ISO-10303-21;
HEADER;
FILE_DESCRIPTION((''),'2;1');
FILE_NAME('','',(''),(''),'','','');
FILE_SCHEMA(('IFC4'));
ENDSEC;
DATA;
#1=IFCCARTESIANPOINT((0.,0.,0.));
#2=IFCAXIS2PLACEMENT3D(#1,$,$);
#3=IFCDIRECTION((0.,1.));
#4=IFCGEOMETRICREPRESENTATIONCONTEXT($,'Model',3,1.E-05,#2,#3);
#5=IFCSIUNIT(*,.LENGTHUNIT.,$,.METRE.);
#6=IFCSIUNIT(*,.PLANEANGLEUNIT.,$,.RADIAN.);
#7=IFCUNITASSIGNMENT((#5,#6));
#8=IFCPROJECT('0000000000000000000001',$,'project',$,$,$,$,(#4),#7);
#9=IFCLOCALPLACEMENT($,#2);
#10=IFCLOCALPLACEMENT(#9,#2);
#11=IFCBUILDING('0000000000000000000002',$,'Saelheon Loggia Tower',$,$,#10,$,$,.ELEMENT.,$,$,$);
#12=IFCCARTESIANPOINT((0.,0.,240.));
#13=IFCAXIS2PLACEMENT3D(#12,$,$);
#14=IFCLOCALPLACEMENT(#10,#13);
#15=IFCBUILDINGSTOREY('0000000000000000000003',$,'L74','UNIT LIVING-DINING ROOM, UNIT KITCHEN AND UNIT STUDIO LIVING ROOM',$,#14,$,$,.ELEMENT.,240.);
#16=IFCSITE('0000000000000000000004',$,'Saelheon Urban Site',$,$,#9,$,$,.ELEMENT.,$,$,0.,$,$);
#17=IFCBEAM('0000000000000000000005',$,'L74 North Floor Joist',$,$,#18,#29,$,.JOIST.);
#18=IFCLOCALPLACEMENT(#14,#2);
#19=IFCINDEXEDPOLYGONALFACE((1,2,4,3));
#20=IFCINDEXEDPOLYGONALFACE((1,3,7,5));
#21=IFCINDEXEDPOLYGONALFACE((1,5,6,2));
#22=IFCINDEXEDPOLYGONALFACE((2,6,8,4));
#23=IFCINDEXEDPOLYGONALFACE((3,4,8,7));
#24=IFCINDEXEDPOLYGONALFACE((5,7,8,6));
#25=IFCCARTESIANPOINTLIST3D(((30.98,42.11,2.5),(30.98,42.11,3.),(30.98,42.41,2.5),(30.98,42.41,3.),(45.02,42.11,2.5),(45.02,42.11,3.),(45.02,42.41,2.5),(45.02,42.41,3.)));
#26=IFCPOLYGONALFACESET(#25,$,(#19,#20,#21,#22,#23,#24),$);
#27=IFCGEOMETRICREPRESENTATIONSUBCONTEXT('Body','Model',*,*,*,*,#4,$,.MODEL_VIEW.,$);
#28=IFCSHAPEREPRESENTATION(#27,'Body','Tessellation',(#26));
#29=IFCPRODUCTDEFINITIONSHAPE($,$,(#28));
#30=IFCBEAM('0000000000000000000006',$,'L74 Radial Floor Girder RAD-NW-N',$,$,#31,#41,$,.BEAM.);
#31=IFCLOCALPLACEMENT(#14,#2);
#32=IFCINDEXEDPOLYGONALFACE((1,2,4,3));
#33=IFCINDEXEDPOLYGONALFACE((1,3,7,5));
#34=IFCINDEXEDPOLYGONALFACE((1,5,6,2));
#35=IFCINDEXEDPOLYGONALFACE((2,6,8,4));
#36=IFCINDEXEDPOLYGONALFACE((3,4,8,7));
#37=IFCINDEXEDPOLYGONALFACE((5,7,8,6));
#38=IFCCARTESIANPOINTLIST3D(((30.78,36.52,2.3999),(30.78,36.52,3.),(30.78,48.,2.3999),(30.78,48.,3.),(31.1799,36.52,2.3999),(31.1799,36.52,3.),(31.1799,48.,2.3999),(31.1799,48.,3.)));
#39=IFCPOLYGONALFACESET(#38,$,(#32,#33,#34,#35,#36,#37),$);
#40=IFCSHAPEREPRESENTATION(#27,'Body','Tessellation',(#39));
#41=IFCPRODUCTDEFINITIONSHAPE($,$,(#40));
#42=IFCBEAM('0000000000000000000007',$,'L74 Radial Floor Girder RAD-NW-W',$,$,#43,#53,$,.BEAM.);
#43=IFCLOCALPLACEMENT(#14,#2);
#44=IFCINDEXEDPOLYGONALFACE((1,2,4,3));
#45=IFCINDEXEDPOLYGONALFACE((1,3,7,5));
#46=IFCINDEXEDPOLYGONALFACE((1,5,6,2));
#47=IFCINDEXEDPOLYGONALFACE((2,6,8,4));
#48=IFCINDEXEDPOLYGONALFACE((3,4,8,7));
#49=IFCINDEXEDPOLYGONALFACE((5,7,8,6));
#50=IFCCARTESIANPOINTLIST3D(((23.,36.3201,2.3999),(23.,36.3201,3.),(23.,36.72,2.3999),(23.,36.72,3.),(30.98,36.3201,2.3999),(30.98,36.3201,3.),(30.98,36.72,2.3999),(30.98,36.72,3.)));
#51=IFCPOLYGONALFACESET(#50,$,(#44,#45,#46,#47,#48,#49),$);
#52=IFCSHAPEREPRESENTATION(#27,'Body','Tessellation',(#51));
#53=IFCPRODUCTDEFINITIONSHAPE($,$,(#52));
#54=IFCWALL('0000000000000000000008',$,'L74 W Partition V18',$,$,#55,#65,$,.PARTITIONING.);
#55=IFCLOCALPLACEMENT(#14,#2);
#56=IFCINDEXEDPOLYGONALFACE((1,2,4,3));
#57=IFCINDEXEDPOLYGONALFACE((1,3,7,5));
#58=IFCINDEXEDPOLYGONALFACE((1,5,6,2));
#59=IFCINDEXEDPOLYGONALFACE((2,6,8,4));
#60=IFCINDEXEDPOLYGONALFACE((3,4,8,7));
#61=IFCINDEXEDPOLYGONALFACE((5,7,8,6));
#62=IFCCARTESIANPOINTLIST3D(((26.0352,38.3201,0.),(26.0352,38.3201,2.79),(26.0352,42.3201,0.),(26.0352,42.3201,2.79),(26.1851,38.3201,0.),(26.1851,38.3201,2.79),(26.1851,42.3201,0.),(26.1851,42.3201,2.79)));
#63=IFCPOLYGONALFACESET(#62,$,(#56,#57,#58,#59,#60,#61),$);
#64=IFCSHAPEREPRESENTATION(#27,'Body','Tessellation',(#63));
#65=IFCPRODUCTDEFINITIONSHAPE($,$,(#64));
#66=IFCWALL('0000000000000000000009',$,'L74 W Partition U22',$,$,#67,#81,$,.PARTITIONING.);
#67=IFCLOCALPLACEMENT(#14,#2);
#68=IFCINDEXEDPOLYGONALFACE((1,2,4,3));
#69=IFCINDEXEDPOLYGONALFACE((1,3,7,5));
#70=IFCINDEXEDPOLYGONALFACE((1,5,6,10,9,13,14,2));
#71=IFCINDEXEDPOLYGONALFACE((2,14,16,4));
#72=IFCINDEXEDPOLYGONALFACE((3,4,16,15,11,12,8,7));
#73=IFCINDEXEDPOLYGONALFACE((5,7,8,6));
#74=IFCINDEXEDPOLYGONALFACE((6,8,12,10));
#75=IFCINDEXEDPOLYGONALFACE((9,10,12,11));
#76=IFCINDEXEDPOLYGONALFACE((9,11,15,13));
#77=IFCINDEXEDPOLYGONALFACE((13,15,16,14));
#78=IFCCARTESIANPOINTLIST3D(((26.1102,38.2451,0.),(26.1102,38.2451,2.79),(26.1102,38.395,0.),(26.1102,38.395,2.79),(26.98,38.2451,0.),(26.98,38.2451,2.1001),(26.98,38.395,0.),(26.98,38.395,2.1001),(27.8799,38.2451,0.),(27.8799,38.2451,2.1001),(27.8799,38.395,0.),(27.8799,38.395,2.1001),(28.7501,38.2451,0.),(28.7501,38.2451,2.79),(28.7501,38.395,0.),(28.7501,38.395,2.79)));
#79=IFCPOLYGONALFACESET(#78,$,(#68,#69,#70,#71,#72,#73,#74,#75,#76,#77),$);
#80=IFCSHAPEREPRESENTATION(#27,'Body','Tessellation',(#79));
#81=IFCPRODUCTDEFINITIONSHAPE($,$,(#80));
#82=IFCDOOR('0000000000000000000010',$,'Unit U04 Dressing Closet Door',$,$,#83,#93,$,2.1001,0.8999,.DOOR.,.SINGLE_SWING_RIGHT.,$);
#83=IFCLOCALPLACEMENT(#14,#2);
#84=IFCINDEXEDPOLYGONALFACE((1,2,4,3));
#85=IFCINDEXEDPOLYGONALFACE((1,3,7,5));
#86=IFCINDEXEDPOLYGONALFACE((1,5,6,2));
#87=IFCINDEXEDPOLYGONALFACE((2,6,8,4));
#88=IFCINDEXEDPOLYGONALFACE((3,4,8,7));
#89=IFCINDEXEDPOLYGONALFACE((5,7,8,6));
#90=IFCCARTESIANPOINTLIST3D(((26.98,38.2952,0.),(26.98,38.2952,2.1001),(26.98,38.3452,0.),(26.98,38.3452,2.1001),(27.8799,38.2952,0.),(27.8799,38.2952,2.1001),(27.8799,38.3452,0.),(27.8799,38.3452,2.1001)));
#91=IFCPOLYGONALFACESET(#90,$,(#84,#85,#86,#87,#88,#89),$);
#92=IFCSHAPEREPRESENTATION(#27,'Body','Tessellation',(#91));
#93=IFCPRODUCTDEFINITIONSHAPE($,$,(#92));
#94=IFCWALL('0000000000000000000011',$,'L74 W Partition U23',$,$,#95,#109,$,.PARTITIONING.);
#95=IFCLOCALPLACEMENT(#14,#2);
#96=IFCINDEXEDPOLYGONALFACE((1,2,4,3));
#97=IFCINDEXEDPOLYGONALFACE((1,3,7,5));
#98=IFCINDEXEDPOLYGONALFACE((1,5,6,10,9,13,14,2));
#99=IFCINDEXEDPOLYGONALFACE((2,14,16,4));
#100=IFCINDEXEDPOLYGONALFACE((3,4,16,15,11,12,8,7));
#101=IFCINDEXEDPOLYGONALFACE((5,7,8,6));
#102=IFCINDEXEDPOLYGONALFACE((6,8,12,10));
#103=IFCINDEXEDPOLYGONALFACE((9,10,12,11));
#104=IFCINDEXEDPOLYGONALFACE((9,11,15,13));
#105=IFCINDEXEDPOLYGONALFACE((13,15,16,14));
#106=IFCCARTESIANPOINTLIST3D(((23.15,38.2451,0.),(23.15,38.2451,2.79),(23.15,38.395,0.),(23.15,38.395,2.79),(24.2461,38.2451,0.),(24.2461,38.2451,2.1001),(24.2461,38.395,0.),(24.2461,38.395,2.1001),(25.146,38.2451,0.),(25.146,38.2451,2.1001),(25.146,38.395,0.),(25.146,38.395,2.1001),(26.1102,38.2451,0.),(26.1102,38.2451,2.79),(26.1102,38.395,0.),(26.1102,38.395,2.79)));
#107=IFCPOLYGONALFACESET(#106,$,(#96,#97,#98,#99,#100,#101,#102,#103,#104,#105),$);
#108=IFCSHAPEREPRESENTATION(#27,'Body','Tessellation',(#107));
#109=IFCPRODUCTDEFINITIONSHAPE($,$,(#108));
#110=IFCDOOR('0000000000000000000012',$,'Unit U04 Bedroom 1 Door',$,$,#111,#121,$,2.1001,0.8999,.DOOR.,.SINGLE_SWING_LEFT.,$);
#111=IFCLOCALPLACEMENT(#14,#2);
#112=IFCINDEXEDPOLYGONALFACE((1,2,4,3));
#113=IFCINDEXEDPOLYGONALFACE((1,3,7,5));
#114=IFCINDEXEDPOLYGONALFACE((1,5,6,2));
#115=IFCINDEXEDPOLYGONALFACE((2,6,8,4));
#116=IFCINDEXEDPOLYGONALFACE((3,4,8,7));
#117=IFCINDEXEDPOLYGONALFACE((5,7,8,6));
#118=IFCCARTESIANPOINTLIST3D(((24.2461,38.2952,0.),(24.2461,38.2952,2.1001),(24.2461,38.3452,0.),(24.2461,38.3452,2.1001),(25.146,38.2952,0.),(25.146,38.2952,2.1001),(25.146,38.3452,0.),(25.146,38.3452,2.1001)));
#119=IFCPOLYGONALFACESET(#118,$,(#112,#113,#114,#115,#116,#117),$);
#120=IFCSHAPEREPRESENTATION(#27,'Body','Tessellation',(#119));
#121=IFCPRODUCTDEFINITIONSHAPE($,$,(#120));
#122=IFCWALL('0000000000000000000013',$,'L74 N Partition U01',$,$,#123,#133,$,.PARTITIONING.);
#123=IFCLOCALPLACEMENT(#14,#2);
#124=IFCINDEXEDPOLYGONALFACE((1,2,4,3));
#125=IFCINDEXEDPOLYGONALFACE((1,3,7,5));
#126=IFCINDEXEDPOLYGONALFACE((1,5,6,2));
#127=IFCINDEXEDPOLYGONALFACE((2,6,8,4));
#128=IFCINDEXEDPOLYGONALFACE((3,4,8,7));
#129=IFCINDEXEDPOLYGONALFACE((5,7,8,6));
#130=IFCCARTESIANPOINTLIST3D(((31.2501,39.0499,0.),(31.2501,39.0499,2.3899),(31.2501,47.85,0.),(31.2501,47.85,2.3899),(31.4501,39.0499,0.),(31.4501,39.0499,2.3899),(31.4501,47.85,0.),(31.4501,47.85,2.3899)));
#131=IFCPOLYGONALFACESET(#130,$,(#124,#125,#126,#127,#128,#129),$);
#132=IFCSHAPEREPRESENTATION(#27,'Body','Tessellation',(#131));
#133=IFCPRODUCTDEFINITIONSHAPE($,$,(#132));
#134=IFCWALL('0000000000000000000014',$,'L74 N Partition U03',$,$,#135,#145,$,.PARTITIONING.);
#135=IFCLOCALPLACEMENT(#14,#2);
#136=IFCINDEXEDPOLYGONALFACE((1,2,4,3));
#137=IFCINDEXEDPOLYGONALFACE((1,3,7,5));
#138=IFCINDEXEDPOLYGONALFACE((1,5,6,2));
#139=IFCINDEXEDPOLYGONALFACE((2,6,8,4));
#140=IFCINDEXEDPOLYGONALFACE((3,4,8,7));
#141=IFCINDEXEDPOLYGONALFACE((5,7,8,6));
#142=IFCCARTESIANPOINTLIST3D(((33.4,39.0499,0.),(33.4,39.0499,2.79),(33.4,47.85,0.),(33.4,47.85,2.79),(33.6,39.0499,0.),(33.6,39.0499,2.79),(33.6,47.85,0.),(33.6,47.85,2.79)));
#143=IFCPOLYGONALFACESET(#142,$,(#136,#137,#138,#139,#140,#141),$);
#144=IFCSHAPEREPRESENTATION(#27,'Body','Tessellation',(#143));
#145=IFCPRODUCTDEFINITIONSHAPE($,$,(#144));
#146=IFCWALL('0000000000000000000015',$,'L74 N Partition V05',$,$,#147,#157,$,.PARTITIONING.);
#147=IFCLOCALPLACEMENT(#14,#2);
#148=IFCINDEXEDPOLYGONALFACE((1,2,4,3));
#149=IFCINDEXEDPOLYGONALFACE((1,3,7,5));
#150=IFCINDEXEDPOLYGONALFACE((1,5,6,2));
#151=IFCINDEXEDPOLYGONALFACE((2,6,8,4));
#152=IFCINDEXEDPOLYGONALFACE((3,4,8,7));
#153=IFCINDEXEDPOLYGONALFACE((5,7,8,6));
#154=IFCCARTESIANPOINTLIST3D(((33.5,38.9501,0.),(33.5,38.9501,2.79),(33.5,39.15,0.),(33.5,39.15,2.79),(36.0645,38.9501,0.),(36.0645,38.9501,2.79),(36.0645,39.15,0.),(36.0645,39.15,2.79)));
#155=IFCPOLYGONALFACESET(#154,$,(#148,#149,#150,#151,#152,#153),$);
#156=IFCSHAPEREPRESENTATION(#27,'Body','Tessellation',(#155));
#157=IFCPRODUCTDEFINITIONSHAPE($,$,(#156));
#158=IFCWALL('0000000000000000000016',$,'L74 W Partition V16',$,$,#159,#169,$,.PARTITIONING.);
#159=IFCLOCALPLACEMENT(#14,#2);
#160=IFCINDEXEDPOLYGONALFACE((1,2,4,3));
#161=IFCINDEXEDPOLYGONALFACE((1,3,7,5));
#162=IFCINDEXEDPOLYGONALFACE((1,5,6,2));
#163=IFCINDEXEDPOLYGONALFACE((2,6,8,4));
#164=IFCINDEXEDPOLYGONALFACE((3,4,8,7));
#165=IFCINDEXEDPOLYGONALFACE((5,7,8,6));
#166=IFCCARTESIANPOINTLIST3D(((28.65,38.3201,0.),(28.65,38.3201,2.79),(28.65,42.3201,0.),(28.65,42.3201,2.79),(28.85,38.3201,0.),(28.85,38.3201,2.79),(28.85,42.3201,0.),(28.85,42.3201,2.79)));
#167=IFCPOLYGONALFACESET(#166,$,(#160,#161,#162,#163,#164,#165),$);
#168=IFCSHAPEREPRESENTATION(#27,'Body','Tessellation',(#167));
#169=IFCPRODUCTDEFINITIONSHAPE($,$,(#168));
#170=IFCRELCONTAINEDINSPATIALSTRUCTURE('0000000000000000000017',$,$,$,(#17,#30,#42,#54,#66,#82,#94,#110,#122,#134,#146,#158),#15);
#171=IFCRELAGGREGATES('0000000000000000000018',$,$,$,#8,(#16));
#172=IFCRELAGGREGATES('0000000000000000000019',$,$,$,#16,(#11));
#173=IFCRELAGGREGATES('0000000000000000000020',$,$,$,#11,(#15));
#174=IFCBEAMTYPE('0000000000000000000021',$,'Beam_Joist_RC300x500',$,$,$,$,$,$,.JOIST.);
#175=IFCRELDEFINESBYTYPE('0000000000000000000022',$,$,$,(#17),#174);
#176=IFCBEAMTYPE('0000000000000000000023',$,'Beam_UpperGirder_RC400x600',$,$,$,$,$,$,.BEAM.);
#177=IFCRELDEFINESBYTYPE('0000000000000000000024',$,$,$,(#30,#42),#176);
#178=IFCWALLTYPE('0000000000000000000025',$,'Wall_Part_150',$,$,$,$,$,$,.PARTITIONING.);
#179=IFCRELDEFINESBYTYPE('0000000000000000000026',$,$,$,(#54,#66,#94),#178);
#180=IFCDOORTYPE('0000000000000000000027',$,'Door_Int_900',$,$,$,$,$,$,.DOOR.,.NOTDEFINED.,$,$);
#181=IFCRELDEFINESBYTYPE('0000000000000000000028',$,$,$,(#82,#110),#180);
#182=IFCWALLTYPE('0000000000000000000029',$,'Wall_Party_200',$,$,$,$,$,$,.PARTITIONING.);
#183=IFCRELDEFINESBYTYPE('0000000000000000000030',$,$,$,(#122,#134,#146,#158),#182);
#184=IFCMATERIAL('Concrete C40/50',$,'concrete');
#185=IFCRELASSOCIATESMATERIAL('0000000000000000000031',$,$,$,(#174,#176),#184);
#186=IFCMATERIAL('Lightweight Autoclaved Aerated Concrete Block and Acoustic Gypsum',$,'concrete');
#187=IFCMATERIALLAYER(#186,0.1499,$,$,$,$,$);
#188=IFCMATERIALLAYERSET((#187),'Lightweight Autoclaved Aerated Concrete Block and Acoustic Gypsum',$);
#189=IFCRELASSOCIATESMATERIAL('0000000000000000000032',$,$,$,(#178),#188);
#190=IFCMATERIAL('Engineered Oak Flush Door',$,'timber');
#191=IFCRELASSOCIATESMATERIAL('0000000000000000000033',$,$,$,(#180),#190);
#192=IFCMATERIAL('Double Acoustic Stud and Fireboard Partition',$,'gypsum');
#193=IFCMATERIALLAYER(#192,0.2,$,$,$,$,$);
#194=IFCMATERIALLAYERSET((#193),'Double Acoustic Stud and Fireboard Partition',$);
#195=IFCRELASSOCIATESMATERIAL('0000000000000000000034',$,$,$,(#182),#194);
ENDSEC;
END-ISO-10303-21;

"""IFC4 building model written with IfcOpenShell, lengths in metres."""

from ifc_helpers import new_model, si_unit, direction, frame, frame_2d, origin, origin_2d, place, context, subcontext, project, spatial, rectangle, extrude, source, transform, mapped, material, layer, layer_set, material_profile, profile_set, type_object, element, fill, save


model = new_model("IFC4")

# Units and contexts
model_context = context("Model", 3, precision=1e-05, world=origin(), true_north=direction((0.0, 1.0)))
body_context = subcontext(model_context, "Body", "Model", "MODEL_VIEW")
ifc_project = project(units=[si_unit("LENGTHUNIT", "METRE"), si_unit("PLANEANGLEUNIT", "RADIAN")], contexts=[model_context])

# Site, building, storey
site_placement = place(None, origin())
site = spatial("IfcSite", under=ifc_project, at=site_placement, Name="Saelheon Urban Site", CompositionType="ELEMENT", RefElevation=0.0)
building_placement = place(site_placement, origin())
building = spatial("IfcBuilding", under=site, at=building_placement, Name="Saelheon Loggia Tower", CompositionType="ELEMENT")
storey_placement = place(building_placement, frame((0.0, 0.0, 240.0)))
storey = spatial("IfcBuildingStorey", under=building, at=storey_placement, Name="L74", Description="UNIT LIVING-DINING ROOM, UNIT KITCHEN AND UNIT STUDIO LIVING ROOM", CompositionType="ELEMENT", Elevation=240.0)

# Beams
ifc_material_1 = material(Name="Concrete C40/50", Category="concrete")
ifc_material_profile_1 = material_profile(ifc_material_1, rectangle(XDim=0.3, YDim=0.5, at=origin_2d()), Name="RC-300x500")
ifc_profile_set_1 = profile_set([ifc_material_profile_1], Name="Concrete C40/50")
beam_type_1 = type_object("IfcBeamType", Name="Beam_Joist_RC300x500", PredefinedType="JOIST", material=ifc_profile_set_1)
shared_shape_1 = source(origin(), body_context, "Body", "SweptSolid", [
    extrude(rectangle(XDim=0.3, YDim=0.5, at=origin_2d()), origin(), (0.0, 0.0, 1.0), 14.04),
])
beam_1_placement = place(storey_placement, frame((30.98, 42.26, 2.75), z_axis=(1.0, 0.0, 0.0), x_axis=(0.0, 1.0, 0.0)))
element("IfcBeam", 1, at=beam_1_placement, inside=storey, type_object=beam_type_1, Name="L74 North Floor Joist", PredefinedType="JOIST", context=body_context, shape_type="MappedRepresentation", body=[
    mapped(shared_shape_1, transform((0.0, 0.0, 0.0), scale=1.0)),
])
ifc_material_profile_2 = material_profile(ifc_material_1, rectangle(XDim=0.3999, YDim=0.6001, at=origin_2d()), Name="RC-400x600")
ifc_profile_set_2 = profile_set([ifc_material_profile_2], Name="Concrete C40/50")
beam_type_2 = type_object("IfcBeamType", Name="Beam_UpperGirder_RC400x600", PredefinedType="BEAM", material=ifc_profile_set_2)
shared_shape_2 = source(origin(), body_context, "Body", "SweptSolid", [
    extrude(rectangle(XDim=0.3999, YDim=0.6001, at=origin_2d()), origin(), (0.0, 0.0, 1.0), 11.48),
])
beam_2_placement = place(storey_placement, frame((30.98, 36.52, 2.7), z_axis=(0.0, 1.0, 0.0), x_axis=(-1.0, 0.0, 0.0)))
element("IfcBeam", 2, at=beam_2_placement, inside=storey, type_object=beam_type_2, Name="L74 Radial Floor Girder RAD-NW-N", PredefinedType="BEAM", context=body_context, shape_type="MappedRepresentation", body=[
    mapped(shared_shape_2, transform((0.0, 0.0, 0.0), scale=1.0)),
])
shared_shape_3 = source(origin(), body_context, "Body", "SweptSolid", [
    extrude(rectangle(XDim=0.3999, YDim=0.6001, at=origin_2d()), origin(), (0.0, 0.0, 1.0), 7.98),
])
beam_3_placement = place(storey_placement, frame((30.98, 36.52, 2.7), z_axis=(-1.0, 0.0, 0.0), x_axis=(0.0, -1.0, 0.0)))
element("IfcBeam", 3, at=beam_3_placement, inside=storey, type_object=beam_type_2, Name="L74 Radial Floor Girder RAD-NW-W", PredefinedType="BEAM", context=body_context, shape_type="MappedRepresentation", body=[
    mapped(shared_shape_3, transform((0.0, 0.0, 0.0), scale=1.0)),
])

# Wall
ifc_material_2 = material(Name="Lightweight Autoclaved Aerated Concrete Block and Acoustic Gypsum", Category="concrete")
ifc_layer_1 = layer(ifc_material_2, 0.1499)
ifc_layer_set_1 = layer_set([ifc_layer_1], Name="Lightweight Autoclaved Aerated Concrete Block and Acoustic Gypsum")
wall_type_1 = type_object("IfcWallType", Name="Wall_Part_150", PredefinedType="PARTITIONING", material=ifc_layer_set_1)
wall_1_placement = place(storey_placement, frame((26.1101, 38.3201, 0.0), z_axis=(0.0, 0.0, 1.0), x_axis=(0.0, 1.0, 0.0)))
element("IfcWall", 4, at=wall_1_placement, inside=storey, type_object=wall_type_1, Name="L74 W Partition V18", PredefinedType="PARTITIONING", context=body_context, shape_type="SweptSolid", body=[
    extrude(rectangle(XDim=4.0, YDim=0.1499, at=frame_2d((2.0, 0.0))), origin(), (0.0, 0.0, 1.0), 2.79),
])

# Walls, openings, doors
wall_2_placement = place(storey_placement, frame((28.75, 38.3201, 0.0), z_axis=(0.0, 0.0, 1.0), x_axis=(-1.0, 0.0, 0.0)))
wall_2 = element("IfcWall", 5, at=wall_2_placement, inside=storey, type_object=wall_type_1, Name="L74 W Partition U22", PredefinedType="PARTITIONING", context=body_context, shape_type="SweptSolid", body=[
    extrude(rectangle(XDim=2.6399, YDim=0.1499, at=frame_2d((1.3198, 0.0))), origin(), (0.0, 0.0, 1.0), 2.79),
])
opening_1_placement = place(wall_2_placement, frame((0.8701, 0.0, 0.0)))
opening_1 = element("IfcOpeningElement", 6, at=opening_1_placement, cuts=wall_2, PredefinedType="OPENING", context=body_context, shape_type="SweptSolid", body=[
    extrude(rectangle(XDim=0.8999, YDim=2.1001, at=frame_2d((0.45, 1.05))), frame((0.0, 0.0869, 0.0), z_axis=(0.0, -1.0, 0.0), x_axis=(1.0, 0.0, 0.0)), (0.0, 0.0, 1.0), 0.1738),
])
ifc_material_3 = material(Name="Engineered Oak Flush Door", Category="timber")
door_type_1 = type_object("IfcDoorType", Name="Door_Int_900", OperationType="NOTDEFINED", PredefinedType="DOOR", material=ifc_material_3)
shared_shape_4 = source(origin(), body_context, "Body", "SweptSolid", [
    extrude(rectangle(XDim=0.8999, YDim=2.1001, at=frame_2d((0.45, 1.05))), frame((0.0, 0.0249, 0.0), z_axis=(0.0, -1.0, 0.0), x_axis=(1.0, 0.0, 0.0)), (0.0, 0.0, 1.0), 0.05),
])
door_1_placement = place(opening_1_placement, origin())
door_1 = element("IfcDoor", 7, at=door_1_placement, inside=storey, type_object=door_type_1, Name="Unit U04 Dressing Closet Door", OperationType="SINGLE_SWING_RIGHT", OverallHeight=2.1001, OverallWidth=0.8999, PredefinedType="DOOR", context=body_context, shape_type="MappedRepresentation", body=[
    mapped(shared_shape_4, transform((0.0, 0.0, 0.0), scale=1.0)),
])
fill(opening_1, door_1)
wall_3_placement = place(storey_placement, frame((26.1101, 38.3201, 0.0), z_axis=(0.0, 0.0, 1.0), x_axis=(-1.0, 0.0, 0.0)))
wall_3 = element("IfcWall", 8, at=wall_3_placement, inside=storey, type_object=wall_type_1, Name="L74 W Partition U23", PredefinedType="PARTITIONING", context=body_context, shape_type="SweptSolid", body=[
    extrude(rectangle(XDim=2.9602, YDim=0.1499, at=frame_2d((1.48, 0.0))), origin(), (0.0, 0.0, 1.0), 2.79),
])
opening_2_placement = place(wall_3_placement, frame((0.9641, 0.0, 0.0)))
opening_2 = element("IfcOpeningElement", 9, at=opening_2_placement, cuts=wall_3, PredefinedType="OPENING", context=body_context, shape_type="SweptSolid", body=[
    extrude(rectangle(XDim=0.8999, YDim=2.1001, at=frame_2d((0.45, 1.05))), frame((0.0, 0.0869, 0.0), z_axis=(0.0, -1.0, 0.0), x_axis=(1.0, 0.0, 0.0)), (0.0, 0.0, 1.0), 0.1738),
])
door_2_placement = place(opening_2_placement, origin())
door_2 = element("IfcDoor", 10, at=door_2_placement, inside=storey, type_object=door_type_1, Name="Unit U04 Bedroom 1 Door", OperationType="SINGLE_SWING_LEFT", OverallHeight=2.1001, OverallWidth=0.8999, PredefinedType="DOOR", context=body_context, shape_type="MappedRepresentation", body=[
    mapped(shared_shape_4, transform((0.0, 0.0, 0.0), scale=1.0)),
])
fill(opening_2, door_2)

# Walls
ifc_material_4 = material(Name="Double Acoustic Stud and Fireboard Partition", Category="gypsum")
ifc_layer_2 = layer(ifc_material_4, 0.2)
ifc_layer_set_2 = layer_set([ifc_layer_2], Name="Double Acoustic Stud and Fireboard Partition")
wall_type_2 = type_object("IfcWallType", Name="Wall_Party_200", PredefinedType="PARTITIONING", material=ifc_layer_set_2)
wall_4_placement = place(storey_placement, frame((31.3501, 39.05, 0.0), z_axis=(0.0, 0.0, 1.0), x_axis=(0.0, 1.0, 0.0)))
element("IfcWall", 11, at=wall_4_placement, inside=storey, type_object=wall_type_2, Name="L74 N Partition U01", PredefinedType="PARTITIONING", context=body_context, shape_type="SweptSolid", body=[
    extrude(rectangle(XDim=8.8, YDim=0.2, at=frame_2d((4.3999, 0.0))), origin(), (0.0, 0.0, 1.0), 2.3899),
])
wall_5_placement = place(storey_placement, frame((33.5, 39.05, 0.0), z_axis=(0.0, 0.0, 1.0), x_axis=(0.0, 1.0, 0.0)))
element("IfcWall", 12, at=wall_5_placement, inside=storey, type_object=wall_type_2, Name="L74 N Partition U03", PredefinedType="PARTITIONING", context=body_context, shape_type="SweptSolid", body=[
    extrude(rectangle(XDim=8.8, YDim=0.2, at=frame_2d((4.3999, 0.0))), origin(), (0.0, 0.0, 1.0), 2.79),
])
wall_6_placement = place(storey_placement, frame((33.5, 39.05, 0.0), z_axis=(0.0, 0.0, 1.0), x_axis=(1.0, 0.0, 0.0)))
element("IfcWall", 13, at=wall_6_placement, inside=storey, type_object=wall_type_2, Name="L74 N Partition V05", PredefinedType="PARTITIONING", context=body_context, shape_type="SweptSolid", body=[
    extrude(rectangle(XDim=2.5645, YDim=0.2, at=frame_2d((1.2822, 0.0))), origin(), (0.0, 0.0, 1.0), 2.79),
])
wall_7_placement = place(storey_placement, frame((28.75, 38.3201, 0.0), z_axis=(0.0, 0.0, 1.0), x_axis=(0.0, 1.0, 0.0)))
element("IfcWall", 14, at=wall_7_placement, inside=storey, type_object=wall_type_2, Name="L74 W Partition V16", PredefinedType="PARTITIONING", context=body_context, shape_type="SweptSolid", body=[
    extrude(rectangle(XDim=4.0, YDim=0.2, at=frame_2d((2.0, 0.0))), origin(), (0.0, 0.0, 1.0), 2.79),
])

save(model, "model.ifc")
